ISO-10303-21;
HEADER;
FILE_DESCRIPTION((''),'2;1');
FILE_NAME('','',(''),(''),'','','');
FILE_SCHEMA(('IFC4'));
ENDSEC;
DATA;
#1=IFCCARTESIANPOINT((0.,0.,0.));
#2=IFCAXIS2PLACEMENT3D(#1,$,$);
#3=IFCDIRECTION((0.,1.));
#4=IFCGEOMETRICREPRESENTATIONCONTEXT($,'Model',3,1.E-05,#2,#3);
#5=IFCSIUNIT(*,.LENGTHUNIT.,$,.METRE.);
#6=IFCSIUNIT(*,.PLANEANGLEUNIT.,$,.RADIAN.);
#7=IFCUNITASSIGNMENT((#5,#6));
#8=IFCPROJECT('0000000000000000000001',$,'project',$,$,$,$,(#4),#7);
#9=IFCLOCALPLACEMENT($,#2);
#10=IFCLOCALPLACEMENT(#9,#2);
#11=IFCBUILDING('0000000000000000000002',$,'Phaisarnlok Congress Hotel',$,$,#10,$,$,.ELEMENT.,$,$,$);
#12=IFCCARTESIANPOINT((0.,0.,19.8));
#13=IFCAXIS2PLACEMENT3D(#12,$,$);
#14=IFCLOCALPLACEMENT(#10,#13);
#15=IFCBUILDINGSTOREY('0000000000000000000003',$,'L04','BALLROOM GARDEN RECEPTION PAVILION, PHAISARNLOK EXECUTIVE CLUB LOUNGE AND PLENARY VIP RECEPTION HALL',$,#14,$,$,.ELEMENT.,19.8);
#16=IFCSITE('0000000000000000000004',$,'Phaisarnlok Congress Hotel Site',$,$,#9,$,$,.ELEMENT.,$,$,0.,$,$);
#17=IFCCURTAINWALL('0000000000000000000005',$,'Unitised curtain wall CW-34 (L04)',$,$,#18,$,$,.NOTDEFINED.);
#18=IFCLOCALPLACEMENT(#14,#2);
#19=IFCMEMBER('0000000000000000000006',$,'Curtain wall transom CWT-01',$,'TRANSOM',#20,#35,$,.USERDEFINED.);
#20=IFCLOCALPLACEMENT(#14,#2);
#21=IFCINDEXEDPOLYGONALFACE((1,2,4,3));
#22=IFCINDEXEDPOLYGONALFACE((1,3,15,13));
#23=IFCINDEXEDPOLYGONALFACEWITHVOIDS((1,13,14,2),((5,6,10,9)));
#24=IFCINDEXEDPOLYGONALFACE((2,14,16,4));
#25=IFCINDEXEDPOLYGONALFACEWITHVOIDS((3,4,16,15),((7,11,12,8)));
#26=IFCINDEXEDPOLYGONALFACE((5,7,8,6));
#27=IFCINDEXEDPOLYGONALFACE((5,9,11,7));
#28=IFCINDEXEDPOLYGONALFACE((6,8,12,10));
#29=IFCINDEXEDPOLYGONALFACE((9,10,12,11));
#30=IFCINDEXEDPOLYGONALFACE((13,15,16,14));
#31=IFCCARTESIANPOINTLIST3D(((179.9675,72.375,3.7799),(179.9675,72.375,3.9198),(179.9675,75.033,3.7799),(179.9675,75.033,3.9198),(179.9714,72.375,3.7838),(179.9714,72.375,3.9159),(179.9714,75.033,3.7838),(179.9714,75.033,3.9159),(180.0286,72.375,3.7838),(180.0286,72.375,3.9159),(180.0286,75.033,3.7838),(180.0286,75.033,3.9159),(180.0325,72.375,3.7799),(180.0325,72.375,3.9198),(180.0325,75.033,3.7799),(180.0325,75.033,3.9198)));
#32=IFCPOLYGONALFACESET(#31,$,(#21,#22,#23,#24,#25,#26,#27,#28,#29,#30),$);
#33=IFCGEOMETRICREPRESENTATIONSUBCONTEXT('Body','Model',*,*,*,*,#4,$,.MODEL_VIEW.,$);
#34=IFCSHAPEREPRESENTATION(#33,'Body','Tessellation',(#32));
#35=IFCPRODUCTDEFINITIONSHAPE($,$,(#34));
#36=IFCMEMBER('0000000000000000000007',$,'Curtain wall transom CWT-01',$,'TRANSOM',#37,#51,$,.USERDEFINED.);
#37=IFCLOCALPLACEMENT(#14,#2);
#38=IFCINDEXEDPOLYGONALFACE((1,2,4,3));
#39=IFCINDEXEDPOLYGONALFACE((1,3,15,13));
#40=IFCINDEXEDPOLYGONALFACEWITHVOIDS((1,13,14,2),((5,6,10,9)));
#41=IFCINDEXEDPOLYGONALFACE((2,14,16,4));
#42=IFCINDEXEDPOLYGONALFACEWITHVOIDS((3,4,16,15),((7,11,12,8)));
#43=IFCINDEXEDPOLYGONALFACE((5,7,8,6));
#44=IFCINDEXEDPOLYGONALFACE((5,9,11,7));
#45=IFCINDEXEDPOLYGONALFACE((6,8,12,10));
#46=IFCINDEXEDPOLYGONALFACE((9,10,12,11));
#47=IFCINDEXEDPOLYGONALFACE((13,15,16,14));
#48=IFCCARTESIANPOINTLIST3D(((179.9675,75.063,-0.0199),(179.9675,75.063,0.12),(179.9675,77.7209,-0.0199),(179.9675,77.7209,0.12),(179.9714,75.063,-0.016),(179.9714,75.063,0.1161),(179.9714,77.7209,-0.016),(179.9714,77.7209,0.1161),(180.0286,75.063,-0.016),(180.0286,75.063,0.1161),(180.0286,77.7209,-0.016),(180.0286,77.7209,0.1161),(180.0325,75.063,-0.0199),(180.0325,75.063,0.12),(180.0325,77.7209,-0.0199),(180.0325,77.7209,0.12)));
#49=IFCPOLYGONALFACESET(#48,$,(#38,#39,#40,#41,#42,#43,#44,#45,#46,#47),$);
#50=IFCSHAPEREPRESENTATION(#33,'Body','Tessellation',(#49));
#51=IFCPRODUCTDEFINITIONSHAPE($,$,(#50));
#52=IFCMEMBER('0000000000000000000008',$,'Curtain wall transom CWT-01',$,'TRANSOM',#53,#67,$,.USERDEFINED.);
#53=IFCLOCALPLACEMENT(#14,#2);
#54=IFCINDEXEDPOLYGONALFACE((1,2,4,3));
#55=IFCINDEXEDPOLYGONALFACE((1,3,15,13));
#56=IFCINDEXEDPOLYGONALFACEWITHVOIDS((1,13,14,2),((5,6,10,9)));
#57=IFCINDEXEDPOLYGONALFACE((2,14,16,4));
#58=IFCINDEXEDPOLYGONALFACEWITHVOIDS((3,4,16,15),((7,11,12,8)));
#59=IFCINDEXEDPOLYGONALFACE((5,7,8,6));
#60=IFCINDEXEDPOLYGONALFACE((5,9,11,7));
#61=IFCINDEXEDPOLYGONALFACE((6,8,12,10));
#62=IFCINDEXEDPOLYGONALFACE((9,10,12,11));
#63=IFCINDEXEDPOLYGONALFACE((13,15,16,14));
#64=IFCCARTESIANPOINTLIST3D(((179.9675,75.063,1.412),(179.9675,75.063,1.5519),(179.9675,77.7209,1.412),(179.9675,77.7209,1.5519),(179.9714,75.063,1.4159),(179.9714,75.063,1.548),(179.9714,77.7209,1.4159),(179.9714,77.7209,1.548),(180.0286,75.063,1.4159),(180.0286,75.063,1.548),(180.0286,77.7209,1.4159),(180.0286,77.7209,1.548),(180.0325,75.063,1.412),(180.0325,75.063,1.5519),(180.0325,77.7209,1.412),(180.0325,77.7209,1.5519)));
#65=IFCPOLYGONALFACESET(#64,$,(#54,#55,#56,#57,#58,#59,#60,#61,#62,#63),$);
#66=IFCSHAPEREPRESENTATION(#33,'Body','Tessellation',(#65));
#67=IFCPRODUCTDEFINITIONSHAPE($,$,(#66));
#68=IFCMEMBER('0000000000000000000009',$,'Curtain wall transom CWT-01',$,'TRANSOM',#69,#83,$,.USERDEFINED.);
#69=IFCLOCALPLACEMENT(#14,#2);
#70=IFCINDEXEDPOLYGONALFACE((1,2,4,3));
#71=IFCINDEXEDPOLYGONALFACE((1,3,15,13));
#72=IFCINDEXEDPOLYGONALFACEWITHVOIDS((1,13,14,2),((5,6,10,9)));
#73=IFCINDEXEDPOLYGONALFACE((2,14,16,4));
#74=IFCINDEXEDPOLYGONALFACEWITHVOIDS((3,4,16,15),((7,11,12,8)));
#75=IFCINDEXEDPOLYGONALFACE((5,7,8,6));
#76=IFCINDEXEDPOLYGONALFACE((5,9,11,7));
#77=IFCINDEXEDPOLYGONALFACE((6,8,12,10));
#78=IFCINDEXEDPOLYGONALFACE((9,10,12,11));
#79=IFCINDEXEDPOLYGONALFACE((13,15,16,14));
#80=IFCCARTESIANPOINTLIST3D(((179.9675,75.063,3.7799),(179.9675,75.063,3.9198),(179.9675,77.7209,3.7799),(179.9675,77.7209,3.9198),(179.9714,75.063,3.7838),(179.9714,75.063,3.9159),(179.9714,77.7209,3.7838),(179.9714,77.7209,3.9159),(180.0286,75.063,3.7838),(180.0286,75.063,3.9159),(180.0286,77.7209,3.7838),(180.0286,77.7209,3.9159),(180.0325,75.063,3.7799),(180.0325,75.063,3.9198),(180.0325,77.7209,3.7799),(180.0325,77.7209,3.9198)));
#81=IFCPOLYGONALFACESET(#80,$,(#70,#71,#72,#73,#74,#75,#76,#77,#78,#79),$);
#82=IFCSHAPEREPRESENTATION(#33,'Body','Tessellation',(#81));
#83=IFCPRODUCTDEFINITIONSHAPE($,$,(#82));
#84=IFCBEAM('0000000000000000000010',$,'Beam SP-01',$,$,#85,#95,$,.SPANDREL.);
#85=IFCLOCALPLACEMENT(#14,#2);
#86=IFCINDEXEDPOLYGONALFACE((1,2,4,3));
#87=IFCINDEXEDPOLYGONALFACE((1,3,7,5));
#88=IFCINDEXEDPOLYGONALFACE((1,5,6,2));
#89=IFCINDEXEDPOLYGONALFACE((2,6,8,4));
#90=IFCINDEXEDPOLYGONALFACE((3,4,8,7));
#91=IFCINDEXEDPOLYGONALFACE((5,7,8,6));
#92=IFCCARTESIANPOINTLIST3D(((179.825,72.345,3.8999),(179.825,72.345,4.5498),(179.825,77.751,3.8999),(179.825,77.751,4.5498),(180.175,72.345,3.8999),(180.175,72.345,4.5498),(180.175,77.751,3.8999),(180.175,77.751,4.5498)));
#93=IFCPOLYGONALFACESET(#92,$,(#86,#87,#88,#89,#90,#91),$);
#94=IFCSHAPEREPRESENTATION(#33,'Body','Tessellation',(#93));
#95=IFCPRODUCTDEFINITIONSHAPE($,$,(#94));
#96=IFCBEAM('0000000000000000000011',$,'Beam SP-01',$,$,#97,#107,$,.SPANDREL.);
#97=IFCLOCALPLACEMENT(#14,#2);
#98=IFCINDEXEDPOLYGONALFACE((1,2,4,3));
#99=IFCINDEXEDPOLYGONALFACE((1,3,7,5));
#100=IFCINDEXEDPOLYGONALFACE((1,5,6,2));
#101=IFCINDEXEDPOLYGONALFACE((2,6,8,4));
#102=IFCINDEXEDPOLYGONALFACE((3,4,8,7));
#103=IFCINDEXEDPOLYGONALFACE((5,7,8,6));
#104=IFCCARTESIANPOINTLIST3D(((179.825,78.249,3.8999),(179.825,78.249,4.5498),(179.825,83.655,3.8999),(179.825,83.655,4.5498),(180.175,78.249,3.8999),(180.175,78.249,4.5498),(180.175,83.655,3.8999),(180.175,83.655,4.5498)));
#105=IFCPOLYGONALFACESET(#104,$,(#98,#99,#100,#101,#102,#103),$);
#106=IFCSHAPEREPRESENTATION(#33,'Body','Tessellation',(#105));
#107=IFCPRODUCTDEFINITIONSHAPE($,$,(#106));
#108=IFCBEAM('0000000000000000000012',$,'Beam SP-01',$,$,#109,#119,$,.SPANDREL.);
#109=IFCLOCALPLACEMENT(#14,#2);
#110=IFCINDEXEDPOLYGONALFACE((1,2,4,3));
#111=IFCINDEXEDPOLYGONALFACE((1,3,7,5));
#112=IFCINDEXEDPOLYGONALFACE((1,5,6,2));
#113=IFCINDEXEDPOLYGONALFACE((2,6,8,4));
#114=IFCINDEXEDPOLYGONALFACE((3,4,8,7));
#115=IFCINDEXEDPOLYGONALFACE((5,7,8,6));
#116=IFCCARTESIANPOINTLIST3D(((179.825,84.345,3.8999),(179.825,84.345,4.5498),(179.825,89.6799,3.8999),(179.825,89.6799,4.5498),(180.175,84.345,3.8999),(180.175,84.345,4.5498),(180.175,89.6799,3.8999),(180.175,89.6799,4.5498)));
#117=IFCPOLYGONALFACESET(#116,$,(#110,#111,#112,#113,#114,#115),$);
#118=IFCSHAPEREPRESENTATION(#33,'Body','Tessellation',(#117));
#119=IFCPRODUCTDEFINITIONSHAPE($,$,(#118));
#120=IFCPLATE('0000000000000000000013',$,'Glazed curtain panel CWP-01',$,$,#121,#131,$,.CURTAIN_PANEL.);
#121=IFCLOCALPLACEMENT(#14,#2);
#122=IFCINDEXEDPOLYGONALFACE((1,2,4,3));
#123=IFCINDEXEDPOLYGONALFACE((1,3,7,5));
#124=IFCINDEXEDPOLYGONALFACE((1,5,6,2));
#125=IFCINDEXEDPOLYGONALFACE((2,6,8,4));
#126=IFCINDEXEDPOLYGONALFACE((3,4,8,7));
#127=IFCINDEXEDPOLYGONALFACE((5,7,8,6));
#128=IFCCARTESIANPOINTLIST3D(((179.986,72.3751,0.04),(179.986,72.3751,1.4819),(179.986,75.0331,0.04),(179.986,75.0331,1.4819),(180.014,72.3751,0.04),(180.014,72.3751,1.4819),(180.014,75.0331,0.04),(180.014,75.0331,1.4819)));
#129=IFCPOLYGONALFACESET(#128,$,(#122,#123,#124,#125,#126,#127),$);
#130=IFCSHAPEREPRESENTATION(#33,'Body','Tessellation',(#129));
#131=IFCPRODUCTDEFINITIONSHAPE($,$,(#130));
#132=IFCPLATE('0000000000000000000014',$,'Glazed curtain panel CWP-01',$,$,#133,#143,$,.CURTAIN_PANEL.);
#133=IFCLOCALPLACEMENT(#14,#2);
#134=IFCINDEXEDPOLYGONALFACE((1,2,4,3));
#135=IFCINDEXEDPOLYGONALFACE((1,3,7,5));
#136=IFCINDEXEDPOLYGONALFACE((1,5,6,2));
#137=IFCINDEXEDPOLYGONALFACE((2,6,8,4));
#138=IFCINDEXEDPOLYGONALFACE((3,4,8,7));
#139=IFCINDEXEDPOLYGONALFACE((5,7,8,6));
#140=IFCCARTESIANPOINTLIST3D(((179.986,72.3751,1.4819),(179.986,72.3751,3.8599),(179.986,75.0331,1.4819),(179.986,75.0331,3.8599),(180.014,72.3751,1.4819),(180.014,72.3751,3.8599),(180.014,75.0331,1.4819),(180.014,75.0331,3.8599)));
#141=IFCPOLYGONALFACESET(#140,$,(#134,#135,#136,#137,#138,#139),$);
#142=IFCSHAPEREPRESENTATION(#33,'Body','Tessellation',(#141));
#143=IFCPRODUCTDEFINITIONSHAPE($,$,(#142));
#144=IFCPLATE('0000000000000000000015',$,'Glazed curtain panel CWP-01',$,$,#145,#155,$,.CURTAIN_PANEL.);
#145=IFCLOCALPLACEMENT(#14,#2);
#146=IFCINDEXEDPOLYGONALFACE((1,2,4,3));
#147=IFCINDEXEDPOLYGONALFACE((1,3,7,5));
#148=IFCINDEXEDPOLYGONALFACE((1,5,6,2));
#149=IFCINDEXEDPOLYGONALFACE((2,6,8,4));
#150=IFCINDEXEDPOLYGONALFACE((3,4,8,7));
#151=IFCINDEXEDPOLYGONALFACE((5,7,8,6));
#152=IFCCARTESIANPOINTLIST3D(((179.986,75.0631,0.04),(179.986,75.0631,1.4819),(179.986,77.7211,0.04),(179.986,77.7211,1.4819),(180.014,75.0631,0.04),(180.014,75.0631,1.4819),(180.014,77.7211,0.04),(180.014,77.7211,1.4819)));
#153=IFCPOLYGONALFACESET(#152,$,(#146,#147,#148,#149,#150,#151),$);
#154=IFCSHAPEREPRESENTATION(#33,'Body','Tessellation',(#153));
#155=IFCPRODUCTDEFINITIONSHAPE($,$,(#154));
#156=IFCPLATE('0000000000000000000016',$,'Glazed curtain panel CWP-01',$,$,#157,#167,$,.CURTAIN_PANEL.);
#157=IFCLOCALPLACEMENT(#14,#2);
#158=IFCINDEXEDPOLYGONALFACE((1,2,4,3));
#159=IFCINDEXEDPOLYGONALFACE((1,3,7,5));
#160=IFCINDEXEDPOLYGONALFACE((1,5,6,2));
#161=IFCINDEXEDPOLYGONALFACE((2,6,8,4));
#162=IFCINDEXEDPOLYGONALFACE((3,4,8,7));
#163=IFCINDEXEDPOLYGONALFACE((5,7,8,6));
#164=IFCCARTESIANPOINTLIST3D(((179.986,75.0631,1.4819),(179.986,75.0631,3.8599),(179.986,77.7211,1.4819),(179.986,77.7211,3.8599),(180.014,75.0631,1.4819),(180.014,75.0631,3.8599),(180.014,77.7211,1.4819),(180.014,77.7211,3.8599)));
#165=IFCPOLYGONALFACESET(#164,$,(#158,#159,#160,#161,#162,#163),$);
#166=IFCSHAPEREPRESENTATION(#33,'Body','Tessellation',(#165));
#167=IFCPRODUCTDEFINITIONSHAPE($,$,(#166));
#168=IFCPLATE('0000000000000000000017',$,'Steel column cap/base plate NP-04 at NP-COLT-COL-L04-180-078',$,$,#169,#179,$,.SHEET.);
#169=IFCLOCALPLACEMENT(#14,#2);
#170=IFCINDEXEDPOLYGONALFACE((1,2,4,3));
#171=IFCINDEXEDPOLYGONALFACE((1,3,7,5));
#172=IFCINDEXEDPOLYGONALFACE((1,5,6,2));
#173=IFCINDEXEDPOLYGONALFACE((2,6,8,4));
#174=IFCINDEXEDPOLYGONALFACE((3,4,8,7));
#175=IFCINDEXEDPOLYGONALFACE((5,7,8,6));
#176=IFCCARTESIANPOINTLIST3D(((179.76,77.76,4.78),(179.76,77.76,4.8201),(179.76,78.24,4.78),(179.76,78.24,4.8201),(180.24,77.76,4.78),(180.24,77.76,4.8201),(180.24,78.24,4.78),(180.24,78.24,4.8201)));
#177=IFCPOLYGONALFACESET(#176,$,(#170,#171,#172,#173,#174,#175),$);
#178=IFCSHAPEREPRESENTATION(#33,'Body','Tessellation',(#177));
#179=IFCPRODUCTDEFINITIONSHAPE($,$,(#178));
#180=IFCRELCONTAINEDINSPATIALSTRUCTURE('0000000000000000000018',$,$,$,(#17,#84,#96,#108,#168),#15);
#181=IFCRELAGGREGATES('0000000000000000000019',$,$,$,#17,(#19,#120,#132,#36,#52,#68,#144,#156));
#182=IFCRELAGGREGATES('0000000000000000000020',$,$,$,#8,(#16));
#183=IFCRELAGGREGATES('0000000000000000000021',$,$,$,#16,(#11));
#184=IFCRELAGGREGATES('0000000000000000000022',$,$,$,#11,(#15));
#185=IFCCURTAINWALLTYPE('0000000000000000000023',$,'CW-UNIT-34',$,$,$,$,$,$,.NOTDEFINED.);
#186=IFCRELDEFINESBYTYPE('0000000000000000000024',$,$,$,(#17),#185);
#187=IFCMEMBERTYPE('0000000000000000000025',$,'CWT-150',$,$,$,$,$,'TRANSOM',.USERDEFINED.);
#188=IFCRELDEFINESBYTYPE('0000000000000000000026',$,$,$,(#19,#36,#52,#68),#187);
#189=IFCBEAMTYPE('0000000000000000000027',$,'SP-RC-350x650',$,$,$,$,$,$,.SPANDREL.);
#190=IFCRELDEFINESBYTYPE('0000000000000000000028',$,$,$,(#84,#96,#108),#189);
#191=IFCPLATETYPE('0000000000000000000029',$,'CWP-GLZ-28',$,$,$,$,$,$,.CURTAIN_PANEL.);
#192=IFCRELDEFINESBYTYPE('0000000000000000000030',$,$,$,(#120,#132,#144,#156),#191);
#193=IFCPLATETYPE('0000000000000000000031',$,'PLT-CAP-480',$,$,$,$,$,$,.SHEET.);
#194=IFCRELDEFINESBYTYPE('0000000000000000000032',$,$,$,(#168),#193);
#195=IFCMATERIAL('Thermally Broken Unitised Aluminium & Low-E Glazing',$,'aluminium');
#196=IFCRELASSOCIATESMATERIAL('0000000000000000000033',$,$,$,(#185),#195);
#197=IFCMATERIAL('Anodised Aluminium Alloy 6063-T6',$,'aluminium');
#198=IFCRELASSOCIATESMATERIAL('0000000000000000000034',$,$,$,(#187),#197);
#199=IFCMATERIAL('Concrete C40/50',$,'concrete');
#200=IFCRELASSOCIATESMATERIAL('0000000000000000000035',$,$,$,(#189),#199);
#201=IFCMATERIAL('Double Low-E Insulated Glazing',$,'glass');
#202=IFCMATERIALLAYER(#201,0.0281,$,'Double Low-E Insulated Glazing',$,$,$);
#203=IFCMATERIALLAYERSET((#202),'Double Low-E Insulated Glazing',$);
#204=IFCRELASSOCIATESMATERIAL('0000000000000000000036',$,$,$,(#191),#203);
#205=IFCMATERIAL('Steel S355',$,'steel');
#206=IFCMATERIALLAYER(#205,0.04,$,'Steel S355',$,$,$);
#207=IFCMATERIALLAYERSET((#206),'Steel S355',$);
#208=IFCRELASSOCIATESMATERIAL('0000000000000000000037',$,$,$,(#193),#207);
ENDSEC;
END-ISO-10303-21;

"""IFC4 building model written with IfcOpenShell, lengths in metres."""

from ifc_helpers import new_model, si_unit, direction, frame, frame_2d, origin, origin_2d, place, context, subcontext, project, spatial, rectangle, hollow_rectangle, extrude, material, layer, layer_set, material_profile, profile_set, type_object, element, aggregate, save


model = new_model("IFC4")

# Units and contexts
model_context = context("Model", 3, precision=1e-05, world=origin(), true_north=direction((0.0, 1.0)))
body_context = subcontext(model_context, "Body", "Model", "MODEL_VIEW")
ifc_project = project(units=[si_unit("LENGTHUNIT", "METRE"), si_unit("PLANEANGLEUNIT", "RADIAN")], contexts=[model_context])

# Site, building, storey
site_placement = place(None, origin())
site = spatial("IfcSite", under=ifc_project, at=site_placement, Name="Phaisarnlok Congress Hotel Site", CompositionType="ELEMENT", RefElevation=0.0)
building_placement = place(site_placement, origin())
building = spatial("IfcBuilding", under=site, at=building_placement, Name="Phaisarnlok Congress Hotel", CompositionType="ELEMENT")
storey_placement = place(building_placement, frame((0.0, 0.0, 19.8)))
storey = spatial("IfcBuildingStorey", under=building, at=storey_placement, Name="L04", Description="BALLROOM GARDEN RECEPTION PAVILION, PHAISARNLOK EXECUTIVE CLUB LOUNGE AND PLENARY VIP RECEPTION HALL", CompositionType="ELEMENT", Elevation=19.8)

# Shared definitions
ifc_material_1 = material(Name="Steel S355", Category="steel")

# Shared definitions
ifc_material_2 = material(Name="Concrete C40/50", Category="concrete")

# Curtain wall, members
ifc_material_3 = material(Name="Thermally Broken Unitised Aluminium & Low-E Glazing", Category="aluminium")
curtain_wall_type = type_object("IfcCurtainWallType", Name="CW-UNIT-34", PredefinedType="NOTDEFINED", material=ifc_material_3)
curtain_wall_placement = place(storey_placement, origin())
curtain_wall = element("IfcCurtainWall", 1, at=curtain_wall_placement, inside=storey, type_object=curtain_wall_type, Name="Unitised curtain wall CW-34 (L04)", PredefinedType="NOTDEFINED")
ifc_material_4 = material(Name="Anodised Aluminium Alloy 6063-T6", Category="aluminium")
ifc_material_profile_1 = material_profile(ifc_material_4, hollow_rectangle(XDim=0.0649, YDim=0.1399, WallThickness=0.0039, at=origin_2d()), Name="ALU-T 65x140x4")
ifc_profile_set_1 = profile_set([ifc_material_profile_1], Name="Anodised Aluminium Alloy 6063-T6")
member_type_1 = type_object("IfcMemberType", Name="CWT-150", ElementType="TRANSOM", PredefinedType="USERDEFINED", material=ifc_profile_set_1)
member_1_placement = place(storey_placement, frame((180.0, 72.375, 3.8499), z_axis=(0.0, 1.0, 0.0), x_axis=(-1.0, 0.0, 0.0)))
member_1 = element("IfcMember", 2, at=member_1_placement, type_object=member_type_1, Name="Curtain wall transom CWT-01", ObjectType="TRANSOM", PredefinedType="USERDEFINED", context=body_context, shape_type="SweptSolid", body=[
    extrude(hollow_rectangle(XDim=0.0649, YDim=0.1399, WallThickness=0.0039, at=origin_2d()), origin(), (0.0, 0.0, 1.0), 2.658),
])
member_2_placement = place(storey_placement, frame((180.0, 75.063, 0.05), z_axis=(0.0, 1.0, 0.0), x_axis=(-1.0, 0.0, 0.0)))
member_2 = element("IfcMember", 3, at=member_2_placement, type_object=member_type_1, Name="Curtain wall transom CWT-01", ObjectType="TRANSOM", PredefinedType="USERDEFINED", context=body_context, shape_type="SweptSolid", body=[
    extrude(hollow_rectangle(XDim=0.0649, YDim=0.1399, WallThickness=0.0039, at=origin_2d()), origin(), (0.0, 0.0, 1.0), 2.658),
])
member_3_placement = place(storey_placement, frame((180.0, 75.063, 1.4819), z_axis=(0.0, 1.0, 0.0), x_axis=(-1.0, 0.0, 0.0)))
member_3 = element("IfcMember", 4, at=member_3_placement, type_object=member_type_1, Name="Curtain wall transom CWT-01", ObjectType="TRANSOM", PredefinedType="USERDEFINED", context=body_context, shape_type="SweptSolid", body=[
    extrude(hollow_rectangle(XDim=0.0649, YDim=0.1399, WallThickness=0.0039, at=origin_2d()), origin(), (0.0, 0.0, 1.0), 2.658),
])
member_4_placement = place(storey_placement, frame((180.0, 75.063, 3.8499), z_axis=(0.0, 1.0, 0.0), x_axis=(-1.0, 0.0, 0.0)))
member_4 = element("IfcMember", 5, at=member_4_placement, type_object=member_type_1, Name="Curtain wall transom CWT-01", ObjectType="TRANSOM", PredefinedType="USERDEFINED", context=body_context, shape_type="SweptSolid", body=[
    extrude(hollow_rectangle(XDim=0.0649, YDim=0.1399, WallThickness=0.0039, at=origin_2d()), origin(), (0.0, 0.0, 1.0), 2.658),
])

# Beams
ifc_material_profile_2 = material_profile(ifc_material_2, rectangle(XDim=0.3501, YDim=0.6499, at=origin_2d()), Name="RC 350x650")
ifc_profile_set_2 = profile_set([ifc_material_profile_2], Name="Concrete C40/50")
beam_type_1 = type_object("IfcBeamType", Name="SP-RC-350x650", PredefinedType="SPANDREL", material=ifc_profile_set_2)
for number, where, z_axis, x_axis, name in (
    (6, (180.0, 72.345, 4.2249), (0.0, 1.0, 0.0), (-1.0, 0.0, 0.0), "Beam SP-01"),
    (7, (180.0, 78.249, 4.2249), (0.0, 1.0, 0.0), (-1.0, 0.0, 0.0), "Beam SP-01"),
):
    element("IfcBeam", number, at=place(storey_placement, frame(where, z_axis=z_axis, x_axis=x_axis)), inside=storey, type_object=beam_type_1, Name=name, PredefinedType="SPANDREL", context=body_context, shape_type="SweptSolid", body=[
        extrude(rectangle(XDim=0.3501, YDim=0.6499, at=origin_2d()), origin(), (0.0, 0.0, 1.0), 5.406),
    ])
beam_1_placement = place(storey_placement, frame((180.0, 84.345, 4.2249), z_axis=(0.0, 1.0, 0.0), x_axis=(-1.0, 0.0, 0.0)))
element("IfcBeam", 8, at=beam_1_placement, inside=storey, type_object=beam_type_1, Name="Beam SP-01", PredefinedType="SPANDREL", context=body_context, shape_type="SweptSolid", body=[
    extrude(rectangle(XDim=0.3501, YDim=0.6499, at=origin_2d()), origin(), (0.0, 0.0, 1.0), 5.335),
])

# Plates
ifc_material_5 = material(Name="Double Low-E Insulated Glazing", Category="glass")
ifc_layer_1 = layer(ifc_material_5, 0.0281, Name="Double Low-E Insulated Glazing")
ifc_layer_set_1 = layer_set([ifc_layer_1], Name="Double Low-E Insulated Glazing")
plate_type_1 = type_object("IfcPlateType", Name="CWP-GLZ-28", PredefinedType="CURTAIN_PANEL", material=ifc_layer_set_1)
plate_1_placement = place(storey_placement, frame((180.0, 72.375, 0.04), z_axis=(0.0, 0.0, 1.0), x_axis=(0.0, 1.0, 0.0)))
plate_1 = element("IfcPlate", 9, at=plate_1_placement, type_object=plate_type_1, Name="Glazed curtain panel CWP-01", PredefinedType="CURTAIN_PANEL", context=body_context, shape_type="SweptSolid", body=[
    extrude(rectangle(XDim=2.658, YDim=0.0281, at=frame_2d((1.3291, 0.0))), origin(), (0.0, 0.0, 1.0), 1.4419),
])
plate_2_placement = place(storey_placement, frame((180.0, 72.375, 1.4819), z_axis=(0.0, 0.0, 1.0), x_axis=(0.0, 1.0, 0.0)))
plate_2 = element("IfcPlate", 10, at=plate_2_placement, type_object=plate_type_1, Name="Glazed curtain panel CWP-01", PredefinedType="CURTAIN_PANEL", context=body_context, shape_type="SweptSolid", body=[
    extrude(rectangle(XDim=2.658, YDim=0.0281, at=frame_2d((1.3291, 0.0))), origin(), (0.0, 0.0, 1.0), 2.3779),
])
plate_3_placement = place(storey_placement, frame((180.0, 75.063, 0.04), z_axis=(0.0, 0.0, 1.0), x_axis=(0.0, 1.0, 0.0)))
plate_3 = element("IfcPlate", 11, at=plate_3_placement, type_object=plate_type_1, Name="Glazed curtain panel CWP-01", PredefinedType="CURTAIN_PANEL", context=body_context, shape_type="SweptSolid", body=[
    extrude(rectangle(XDim=2.658, YDim=0.0281, at=frame_2d((1.3291, 0.0))), origin(), (0.0, 0.0, 1.0), 1.4419),
])
plate_4_placement = place(storey_placement, frame((180.0, 75.063, 1.4819), z_axis=(0.0, 0.0, 1.0), x_axis=(0.0, 1.0, 0.0)))
plate_4 = element("IfcPlate", 12, at=plate_4_placement, type_object=plate_type_1, Name="Glazed curtain panel CWP-01", PredefinedType="CURTAIN_PANEL", context=body_context, shape_type="SweptSolid", body=[
    extrude(rectangle(XDim=2.658, YDim=0.0281, at=frame_2d((1.3291, 0.0))), origin(), (0.0, 0.0, 1.0), 2.3779),
])
aggregate(curtain_wall, [member_1, plate_1, plate_2, member_2, member_3, member_4, plate_3, plate_4])
ifc_layer_2 = layer(ifc_material_1, 0.04, Name="Steel S355")
ifc_layer_set_2 = layer_set([ifc_layer_2], Name="Steel S355")
plate_type_2 = type_object("IfcPlateType", Name="PLT-CAP-480", PredefinedType="SHEET", material=ifc_layer_set_2)
plate_5_placement = place(storey_placement, frame((180.0, 78.0, 4.78), z_axis=(0.0, 0.0, 1.0), x_axis=(1.0, 0.0, 0.0)))
element("IfcPlate", 13, at=plate_5_placement, inside=storey, type_object=plate_type_2, Name="Steel column cap/base plate NP-04 at NP-COLT-COL-L04-180-078", PredefinedType="SHEET", context=body_context, shape_type="SweptSolid", body=[
    extrude(rectangle(XDim=0.48, YDim=0.48, at=origin_2d()), origin(), (0.0, 0.0, 1.0), 0.04),
])

save(model, "model.ifc")
